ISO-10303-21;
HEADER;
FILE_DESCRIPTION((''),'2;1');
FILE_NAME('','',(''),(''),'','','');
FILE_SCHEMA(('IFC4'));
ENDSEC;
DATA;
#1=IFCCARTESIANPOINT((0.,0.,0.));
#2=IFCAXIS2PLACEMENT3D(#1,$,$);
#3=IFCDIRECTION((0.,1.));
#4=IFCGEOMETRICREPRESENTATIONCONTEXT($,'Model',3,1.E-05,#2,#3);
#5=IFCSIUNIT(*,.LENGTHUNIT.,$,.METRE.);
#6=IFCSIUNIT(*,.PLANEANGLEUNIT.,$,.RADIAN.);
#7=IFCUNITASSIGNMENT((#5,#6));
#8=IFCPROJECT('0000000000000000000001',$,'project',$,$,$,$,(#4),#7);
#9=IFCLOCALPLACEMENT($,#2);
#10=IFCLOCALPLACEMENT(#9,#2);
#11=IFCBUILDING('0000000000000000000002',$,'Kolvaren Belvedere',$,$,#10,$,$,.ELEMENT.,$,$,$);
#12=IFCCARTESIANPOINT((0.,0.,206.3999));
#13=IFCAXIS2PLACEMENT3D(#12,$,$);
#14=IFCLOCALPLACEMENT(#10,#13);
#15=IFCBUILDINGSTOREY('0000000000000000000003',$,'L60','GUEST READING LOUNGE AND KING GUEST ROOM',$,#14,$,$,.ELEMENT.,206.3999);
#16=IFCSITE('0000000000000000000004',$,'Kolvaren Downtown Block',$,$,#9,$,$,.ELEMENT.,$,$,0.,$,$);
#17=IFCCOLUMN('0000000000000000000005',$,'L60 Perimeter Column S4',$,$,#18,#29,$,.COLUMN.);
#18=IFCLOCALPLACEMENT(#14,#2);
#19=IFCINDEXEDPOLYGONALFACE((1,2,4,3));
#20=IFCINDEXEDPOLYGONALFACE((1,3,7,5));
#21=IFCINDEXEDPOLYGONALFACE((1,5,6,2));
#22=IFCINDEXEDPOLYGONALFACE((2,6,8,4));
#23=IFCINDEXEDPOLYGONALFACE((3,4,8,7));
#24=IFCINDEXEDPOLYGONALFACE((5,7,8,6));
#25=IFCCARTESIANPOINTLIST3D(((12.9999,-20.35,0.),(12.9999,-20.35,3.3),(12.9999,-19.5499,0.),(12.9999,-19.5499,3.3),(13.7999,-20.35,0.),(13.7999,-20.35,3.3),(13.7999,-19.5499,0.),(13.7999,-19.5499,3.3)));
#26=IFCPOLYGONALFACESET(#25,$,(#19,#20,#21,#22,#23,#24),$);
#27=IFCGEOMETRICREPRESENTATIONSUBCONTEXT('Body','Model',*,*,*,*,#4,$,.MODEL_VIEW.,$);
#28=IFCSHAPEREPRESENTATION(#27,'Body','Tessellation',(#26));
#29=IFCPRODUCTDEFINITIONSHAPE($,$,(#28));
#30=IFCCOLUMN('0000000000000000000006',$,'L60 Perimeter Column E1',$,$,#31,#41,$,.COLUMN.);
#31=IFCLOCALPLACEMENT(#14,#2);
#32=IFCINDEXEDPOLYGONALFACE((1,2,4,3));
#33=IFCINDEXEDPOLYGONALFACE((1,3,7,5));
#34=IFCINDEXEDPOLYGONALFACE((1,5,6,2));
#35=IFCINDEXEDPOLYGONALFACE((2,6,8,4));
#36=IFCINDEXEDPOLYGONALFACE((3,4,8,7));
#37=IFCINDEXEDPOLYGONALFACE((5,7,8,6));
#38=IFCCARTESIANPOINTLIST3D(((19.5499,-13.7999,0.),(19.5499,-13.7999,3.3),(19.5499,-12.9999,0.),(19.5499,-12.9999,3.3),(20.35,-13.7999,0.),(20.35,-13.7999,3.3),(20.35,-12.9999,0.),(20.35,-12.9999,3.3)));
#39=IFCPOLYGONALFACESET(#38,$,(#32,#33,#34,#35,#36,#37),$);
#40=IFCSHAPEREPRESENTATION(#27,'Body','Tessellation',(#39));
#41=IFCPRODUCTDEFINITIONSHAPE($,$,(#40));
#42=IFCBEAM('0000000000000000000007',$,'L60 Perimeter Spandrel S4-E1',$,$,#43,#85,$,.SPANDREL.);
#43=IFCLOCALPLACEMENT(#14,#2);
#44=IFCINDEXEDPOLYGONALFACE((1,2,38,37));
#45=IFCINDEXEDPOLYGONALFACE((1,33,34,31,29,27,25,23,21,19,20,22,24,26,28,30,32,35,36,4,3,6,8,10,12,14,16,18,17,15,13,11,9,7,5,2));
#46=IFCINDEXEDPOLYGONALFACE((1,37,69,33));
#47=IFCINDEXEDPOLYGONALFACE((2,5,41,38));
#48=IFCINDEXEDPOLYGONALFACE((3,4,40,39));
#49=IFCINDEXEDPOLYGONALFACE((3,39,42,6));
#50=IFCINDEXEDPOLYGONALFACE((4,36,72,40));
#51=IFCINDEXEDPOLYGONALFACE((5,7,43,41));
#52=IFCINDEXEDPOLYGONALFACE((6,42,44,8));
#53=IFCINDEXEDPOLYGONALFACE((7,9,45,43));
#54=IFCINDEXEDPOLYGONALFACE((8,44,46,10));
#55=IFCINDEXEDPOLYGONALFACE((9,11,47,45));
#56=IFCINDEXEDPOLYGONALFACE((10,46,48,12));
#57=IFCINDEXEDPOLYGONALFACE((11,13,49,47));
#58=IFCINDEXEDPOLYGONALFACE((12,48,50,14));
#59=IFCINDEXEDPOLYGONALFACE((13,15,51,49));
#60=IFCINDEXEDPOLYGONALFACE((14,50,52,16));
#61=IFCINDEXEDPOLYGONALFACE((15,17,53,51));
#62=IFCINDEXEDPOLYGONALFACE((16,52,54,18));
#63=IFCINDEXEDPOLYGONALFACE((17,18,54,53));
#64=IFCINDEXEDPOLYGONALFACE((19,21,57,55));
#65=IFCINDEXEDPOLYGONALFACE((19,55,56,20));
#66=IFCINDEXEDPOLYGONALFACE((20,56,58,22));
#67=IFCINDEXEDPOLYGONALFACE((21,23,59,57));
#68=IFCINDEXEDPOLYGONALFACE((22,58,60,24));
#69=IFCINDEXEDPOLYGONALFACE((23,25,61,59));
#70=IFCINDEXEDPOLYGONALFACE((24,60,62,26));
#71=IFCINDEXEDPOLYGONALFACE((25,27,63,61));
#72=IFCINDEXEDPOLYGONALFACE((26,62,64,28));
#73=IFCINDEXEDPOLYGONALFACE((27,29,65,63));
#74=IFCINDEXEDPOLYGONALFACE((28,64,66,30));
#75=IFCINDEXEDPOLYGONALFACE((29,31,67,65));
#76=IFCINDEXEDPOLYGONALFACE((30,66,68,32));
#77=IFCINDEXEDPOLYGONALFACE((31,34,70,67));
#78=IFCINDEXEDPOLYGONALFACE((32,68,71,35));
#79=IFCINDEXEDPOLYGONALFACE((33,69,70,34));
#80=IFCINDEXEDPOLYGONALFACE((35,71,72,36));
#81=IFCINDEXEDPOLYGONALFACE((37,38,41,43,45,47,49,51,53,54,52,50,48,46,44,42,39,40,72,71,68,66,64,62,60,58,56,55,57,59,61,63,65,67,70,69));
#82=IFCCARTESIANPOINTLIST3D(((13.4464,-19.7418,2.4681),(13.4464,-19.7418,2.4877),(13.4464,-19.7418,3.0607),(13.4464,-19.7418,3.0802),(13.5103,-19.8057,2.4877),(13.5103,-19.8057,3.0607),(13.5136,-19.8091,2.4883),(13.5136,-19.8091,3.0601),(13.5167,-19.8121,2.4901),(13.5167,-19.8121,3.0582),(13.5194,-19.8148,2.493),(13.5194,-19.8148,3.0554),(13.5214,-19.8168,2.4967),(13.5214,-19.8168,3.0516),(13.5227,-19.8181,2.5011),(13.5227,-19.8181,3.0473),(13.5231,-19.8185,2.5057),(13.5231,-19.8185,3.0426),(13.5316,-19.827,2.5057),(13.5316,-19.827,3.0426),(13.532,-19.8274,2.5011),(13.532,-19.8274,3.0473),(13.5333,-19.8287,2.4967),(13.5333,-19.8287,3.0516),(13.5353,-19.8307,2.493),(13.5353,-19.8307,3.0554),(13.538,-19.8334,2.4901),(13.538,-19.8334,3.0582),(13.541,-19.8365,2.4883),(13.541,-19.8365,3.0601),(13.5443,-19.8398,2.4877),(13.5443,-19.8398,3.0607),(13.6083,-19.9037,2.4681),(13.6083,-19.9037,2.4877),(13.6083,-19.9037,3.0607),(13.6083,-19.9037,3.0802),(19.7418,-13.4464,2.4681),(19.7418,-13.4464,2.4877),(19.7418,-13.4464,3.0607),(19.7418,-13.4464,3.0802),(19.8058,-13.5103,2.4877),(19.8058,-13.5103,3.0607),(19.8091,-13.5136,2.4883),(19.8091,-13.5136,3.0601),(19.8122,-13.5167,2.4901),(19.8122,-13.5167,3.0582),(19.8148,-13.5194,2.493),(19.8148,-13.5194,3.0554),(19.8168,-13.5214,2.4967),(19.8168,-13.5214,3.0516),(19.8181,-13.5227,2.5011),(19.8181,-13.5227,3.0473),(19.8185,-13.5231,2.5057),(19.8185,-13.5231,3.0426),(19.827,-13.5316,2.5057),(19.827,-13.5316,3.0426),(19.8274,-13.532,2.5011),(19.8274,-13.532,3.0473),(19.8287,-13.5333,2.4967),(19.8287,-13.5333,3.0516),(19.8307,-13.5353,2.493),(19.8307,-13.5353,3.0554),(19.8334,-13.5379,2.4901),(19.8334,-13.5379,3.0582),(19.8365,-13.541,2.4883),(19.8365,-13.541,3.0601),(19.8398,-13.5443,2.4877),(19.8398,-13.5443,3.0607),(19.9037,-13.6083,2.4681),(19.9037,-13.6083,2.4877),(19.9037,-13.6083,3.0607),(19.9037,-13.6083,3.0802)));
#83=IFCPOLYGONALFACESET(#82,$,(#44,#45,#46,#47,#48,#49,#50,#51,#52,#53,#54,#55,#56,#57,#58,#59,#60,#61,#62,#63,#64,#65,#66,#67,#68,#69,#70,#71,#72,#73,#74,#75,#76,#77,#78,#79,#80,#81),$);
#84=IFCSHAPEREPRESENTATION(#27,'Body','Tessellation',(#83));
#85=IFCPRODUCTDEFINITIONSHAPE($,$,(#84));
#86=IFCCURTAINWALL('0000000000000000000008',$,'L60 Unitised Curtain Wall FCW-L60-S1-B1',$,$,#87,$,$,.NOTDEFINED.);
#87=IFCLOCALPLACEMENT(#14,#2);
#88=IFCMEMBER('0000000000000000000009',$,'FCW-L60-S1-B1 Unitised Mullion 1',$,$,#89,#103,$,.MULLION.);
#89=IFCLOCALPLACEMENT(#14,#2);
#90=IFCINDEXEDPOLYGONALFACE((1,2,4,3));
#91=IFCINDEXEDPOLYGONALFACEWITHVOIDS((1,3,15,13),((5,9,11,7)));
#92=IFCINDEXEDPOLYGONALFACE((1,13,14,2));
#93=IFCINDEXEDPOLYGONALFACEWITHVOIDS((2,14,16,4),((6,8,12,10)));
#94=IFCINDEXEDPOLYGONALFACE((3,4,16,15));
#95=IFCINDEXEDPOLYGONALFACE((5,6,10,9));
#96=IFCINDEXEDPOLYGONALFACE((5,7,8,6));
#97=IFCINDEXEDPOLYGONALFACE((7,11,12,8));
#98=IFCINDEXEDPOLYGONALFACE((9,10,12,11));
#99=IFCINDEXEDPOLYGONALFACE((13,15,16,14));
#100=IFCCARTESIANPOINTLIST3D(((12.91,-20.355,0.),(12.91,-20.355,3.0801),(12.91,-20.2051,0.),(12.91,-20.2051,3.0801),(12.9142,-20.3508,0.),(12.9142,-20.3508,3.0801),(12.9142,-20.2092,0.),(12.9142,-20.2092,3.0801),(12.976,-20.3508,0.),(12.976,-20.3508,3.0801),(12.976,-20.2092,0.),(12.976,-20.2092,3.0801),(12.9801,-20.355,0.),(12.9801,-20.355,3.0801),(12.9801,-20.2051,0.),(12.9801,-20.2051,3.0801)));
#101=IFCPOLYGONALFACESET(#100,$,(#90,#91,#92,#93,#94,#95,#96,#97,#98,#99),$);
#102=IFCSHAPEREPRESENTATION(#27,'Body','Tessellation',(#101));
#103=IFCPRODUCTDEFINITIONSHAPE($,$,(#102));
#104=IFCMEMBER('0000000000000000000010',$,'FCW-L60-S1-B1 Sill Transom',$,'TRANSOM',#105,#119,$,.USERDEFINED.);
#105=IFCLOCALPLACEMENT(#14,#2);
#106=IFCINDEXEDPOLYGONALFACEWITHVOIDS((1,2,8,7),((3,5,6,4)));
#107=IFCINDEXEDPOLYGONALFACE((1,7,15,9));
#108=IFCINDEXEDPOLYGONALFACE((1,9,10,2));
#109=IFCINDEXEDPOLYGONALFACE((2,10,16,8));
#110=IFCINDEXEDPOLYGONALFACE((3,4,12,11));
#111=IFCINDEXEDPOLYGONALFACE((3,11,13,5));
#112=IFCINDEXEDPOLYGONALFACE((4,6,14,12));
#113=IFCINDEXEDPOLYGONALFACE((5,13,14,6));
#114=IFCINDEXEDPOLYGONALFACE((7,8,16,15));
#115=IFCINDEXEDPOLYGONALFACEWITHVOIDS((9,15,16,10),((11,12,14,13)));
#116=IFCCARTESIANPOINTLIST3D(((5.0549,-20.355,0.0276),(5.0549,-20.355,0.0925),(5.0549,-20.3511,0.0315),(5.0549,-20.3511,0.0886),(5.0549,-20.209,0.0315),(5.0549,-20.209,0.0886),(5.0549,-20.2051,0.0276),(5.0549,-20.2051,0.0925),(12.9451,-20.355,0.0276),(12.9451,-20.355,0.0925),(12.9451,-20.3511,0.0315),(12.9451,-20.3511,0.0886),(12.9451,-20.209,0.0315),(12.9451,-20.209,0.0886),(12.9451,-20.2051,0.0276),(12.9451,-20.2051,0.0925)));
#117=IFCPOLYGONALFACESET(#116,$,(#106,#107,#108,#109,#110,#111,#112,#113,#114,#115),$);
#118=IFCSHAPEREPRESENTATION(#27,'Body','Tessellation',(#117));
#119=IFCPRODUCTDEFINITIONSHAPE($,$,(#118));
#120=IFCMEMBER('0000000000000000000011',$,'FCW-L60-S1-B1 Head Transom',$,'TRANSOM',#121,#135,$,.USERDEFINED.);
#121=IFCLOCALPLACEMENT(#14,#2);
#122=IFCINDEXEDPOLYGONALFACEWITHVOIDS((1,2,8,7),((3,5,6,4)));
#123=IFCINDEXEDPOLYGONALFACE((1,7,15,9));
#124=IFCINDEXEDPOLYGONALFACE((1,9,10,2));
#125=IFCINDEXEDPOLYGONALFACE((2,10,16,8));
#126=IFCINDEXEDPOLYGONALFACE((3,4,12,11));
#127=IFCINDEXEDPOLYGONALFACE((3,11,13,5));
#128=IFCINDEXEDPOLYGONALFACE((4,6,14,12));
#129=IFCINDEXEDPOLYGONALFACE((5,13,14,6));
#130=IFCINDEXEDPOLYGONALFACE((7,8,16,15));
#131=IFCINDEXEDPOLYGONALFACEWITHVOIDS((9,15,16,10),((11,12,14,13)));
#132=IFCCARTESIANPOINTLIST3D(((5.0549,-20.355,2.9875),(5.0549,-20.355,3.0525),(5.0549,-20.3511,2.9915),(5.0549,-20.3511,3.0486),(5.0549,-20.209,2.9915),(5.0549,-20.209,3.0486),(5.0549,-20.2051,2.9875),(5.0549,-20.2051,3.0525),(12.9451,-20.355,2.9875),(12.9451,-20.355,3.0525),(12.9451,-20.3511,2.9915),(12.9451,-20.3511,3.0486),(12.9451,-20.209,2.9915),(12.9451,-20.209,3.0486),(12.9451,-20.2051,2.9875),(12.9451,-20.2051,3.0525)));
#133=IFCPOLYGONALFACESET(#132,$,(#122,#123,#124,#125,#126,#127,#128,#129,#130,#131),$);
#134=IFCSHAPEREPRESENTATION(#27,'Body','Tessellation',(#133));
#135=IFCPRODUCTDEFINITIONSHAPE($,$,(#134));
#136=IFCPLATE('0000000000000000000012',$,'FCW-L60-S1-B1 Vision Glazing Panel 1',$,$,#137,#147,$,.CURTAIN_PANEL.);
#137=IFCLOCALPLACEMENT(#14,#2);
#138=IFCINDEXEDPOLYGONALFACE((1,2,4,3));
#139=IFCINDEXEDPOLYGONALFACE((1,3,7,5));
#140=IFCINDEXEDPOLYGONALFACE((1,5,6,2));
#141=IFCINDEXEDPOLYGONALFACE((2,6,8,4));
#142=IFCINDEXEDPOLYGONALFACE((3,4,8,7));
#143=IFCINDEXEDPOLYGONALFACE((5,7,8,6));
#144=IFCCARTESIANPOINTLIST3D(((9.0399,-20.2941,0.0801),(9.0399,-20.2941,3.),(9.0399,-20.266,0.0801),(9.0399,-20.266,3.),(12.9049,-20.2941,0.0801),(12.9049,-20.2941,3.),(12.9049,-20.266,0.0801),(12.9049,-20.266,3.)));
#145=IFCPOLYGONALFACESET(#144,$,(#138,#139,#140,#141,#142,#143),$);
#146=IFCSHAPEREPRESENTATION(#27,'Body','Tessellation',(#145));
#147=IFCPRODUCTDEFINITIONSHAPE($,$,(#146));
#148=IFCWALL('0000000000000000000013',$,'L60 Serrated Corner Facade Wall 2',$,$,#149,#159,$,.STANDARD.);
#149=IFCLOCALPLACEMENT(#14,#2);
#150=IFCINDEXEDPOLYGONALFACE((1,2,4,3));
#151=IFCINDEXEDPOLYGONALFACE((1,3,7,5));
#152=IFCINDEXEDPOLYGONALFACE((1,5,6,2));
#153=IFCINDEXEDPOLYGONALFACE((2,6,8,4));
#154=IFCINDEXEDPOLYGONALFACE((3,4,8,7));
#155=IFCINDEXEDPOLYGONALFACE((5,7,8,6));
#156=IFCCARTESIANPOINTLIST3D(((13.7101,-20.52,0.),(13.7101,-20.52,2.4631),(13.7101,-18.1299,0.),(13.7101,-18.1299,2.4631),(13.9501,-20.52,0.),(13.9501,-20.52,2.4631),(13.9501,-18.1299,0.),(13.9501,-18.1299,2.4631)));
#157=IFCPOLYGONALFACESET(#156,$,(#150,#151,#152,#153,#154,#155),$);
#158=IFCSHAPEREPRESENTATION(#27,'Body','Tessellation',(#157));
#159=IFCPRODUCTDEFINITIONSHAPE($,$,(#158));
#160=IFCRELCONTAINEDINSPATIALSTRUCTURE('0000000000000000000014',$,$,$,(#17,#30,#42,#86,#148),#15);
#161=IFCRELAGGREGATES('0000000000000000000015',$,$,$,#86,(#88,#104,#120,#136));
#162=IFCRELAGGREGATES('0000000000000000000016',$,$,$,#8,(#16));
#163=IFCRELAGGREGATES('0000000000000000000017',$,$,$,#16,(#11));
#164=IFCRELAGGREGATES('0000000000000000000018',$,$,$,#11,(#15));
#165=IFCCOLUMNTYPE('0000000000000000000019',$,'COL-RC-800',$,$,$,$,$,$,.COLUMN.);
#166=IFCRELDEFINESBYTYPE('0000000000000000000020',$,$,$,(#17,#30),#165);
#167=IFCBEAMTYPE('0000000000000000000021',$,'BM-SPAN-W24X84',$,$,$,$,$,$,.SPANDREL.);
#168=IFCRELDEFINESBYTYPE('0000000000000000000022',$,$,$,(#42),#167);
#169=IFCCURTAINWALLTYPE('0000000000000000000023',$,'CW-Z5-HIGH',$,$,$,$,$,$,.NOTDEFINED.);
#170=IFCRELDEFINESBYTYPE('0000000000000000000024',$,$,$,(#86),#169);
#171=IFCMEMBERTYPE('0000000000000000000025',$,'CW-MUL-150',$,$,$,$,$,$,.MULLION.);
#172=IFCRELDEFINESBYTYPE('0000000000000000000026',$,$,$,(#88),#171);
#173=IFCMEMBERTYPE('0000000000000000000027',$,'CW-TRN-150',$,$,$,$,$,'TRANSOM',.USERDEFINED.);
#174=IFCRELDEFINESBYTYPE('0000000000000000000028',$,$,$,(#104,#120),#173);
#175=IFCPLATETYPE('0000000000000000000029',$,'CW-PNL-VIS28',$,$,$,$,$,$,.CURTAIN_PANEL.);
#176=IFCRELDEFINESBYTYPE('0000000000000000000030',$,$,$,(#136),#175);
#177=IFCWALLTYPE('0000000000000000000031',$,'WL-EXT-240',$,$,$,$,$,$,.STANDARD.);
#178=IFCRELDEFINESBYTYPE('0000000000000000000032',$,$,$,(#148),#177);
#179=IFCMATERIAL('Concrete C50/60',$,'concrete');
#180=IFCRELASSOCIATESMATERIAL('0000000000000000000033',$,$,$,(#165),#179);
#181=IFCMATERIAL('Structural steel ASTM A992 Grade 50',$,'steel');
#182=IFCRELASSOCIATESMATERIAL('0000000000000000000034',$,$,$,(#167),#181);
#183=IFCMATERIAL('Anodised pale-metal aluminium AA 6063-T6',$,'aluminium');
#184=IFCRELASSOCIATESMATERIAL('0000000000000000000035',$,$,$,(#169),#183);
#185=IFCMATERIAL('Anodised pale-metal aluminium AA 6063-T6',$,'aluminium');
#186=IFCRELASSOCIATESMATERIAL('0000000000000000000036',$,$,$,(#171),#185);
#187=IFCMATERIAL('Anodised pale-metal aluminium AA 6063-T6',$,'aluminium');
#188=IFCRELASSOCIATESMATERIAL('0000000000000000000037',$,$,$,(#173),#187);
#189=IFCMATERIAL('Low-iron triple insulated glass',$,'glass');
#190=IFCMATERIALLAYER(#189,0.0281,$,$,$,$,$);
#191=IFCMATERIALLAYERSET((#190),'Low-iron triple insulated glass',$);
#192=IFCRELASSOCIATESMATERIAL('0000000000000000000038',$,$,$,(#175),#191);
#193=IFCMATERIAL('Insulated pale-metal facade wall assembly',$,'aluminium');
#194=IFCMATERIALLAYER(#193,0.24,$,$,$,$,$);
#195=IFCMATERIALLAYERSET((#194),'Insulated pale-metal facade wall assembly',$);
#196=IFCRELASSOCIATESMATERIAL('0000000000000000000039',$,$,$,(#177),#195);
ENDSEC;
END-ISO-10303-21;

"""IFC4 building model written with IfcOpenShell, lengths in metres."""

from ifc_helpers import new_model, si_unit, direction, frame, frame_2d, origin, origin_2d, place, context, subcontext, project, spatial, rectangle, hollow_rectangle, i_section, extrude, material, layer, layer_set, material_profile, profile_set, type_object, element, aggregate, save


model = new_model("IFC4")

# Units and contexts
model_context = context("Model", 3, precision=1e-05, world=origin(), true_north=direction((0.0, 1.0)))
body_context = subcontext(model_context, "Body", "Model", "MODEL_VIEW")
ifc_project = project(units=[si_unit("LENGTHUNIT", "METRE"), si_unit("PLANEANGLEUNIT", "RADIAN")], contexts=[model_context])

# Site, building, storey
site_placement = place(None, origin())
site = spatial("IfcSite", under=ifc_project, at=site_placement, Name="Kolvaren Downtown Block", CompositionType="ELEMENT", RefElevation=0.0)
building_placement = place(site_placement, origin())
building = spatial("IfcBuilding", under=site, at=building_placement, Name="Kolvaren Belvedere", CompositionType="ELEMENT")
storey_placement = place(building_placement, frame((0.0, 0.0, 206.3999)))
storey = spatial("IfcBuildingStorey", under=building, at=storey_placement, Name="L60", Description="GUEST READING LOUNGE AND KING GUEST ROOM", CompositionType="ELEMENT", Elevation=206.3999)

# Columns
ifc_material_1 = material(Name="Concrete C50/60", Category="concrete")
ifc_material_profile_1 = material_profile(ifc_material_1, rectangle(XDim=0.8, YDim=0.8, at=origin_2d()), Name="RC 800X800")
ifc_profile_set_1 = profile_set([ifc_material_profile_1], Name="Concrete C50/60")
column_type = type_object("IfcColumnType", Name="COL-RC-800", PredefinedType="COLUMN", material=ifc_profile_set_1)
for number, where, z_axis, x_axis, name in (
    (1, (13.3999, -19.95, 0.0), (0.0, 0.0, 1.0), (1.0, 0.0, 0.0), "L60 Perimeter Column S4"),
    (2, (19.95, -13.3999, 0.0), (0.0, 0.0, 1.0), (1.0, 0.0, 0.0), "L60 Perimeter Column E1"),
):
    element("IfcColumn", number, at=place(storey_placement, frame(where, z_axis=z_axis, x_axis=x_axis)), inside=storey, type_object=column_type, Name=name, PredefinedType="COLUMN", context=body_context, shape_type="SweptSolid", body=[
        extrude(rectangle(XDim=0.8, YDim=0.8, at=origin_2d()), origin(), (0.0, 0.0, 1.0), 3.3),
    ])

# Beam
ifc_material_2 = material(Name="Structural steel ASTM A992 Grade 50", Category="steel")
ifc_material_profile_2 = material_profile(ifc_material_2, i_section(OverallWidth=0.229, OverallDepth=0.6121, WebThickness=0.012, FlangeThickness=0.0195, FilletRadius=0.0181, at=origin_2d()), Name="W24X84")
ifc_profile_set_2 = profile_set([ifc_material_profile_2], Name="Structural steel ASTM A992 Grade 50")
beam_type = type_object("IfcBeamType", Name="BM-SPAN-W24X84", PredefinedType="SPANDREL", material=ifc_profile_set_2)
beam_placement = place(storey_placement, frame((13.5273, -19.8228, 2.7742), z_axis=(0.707107, 0.707107, 0.0), x_axis=(-0.707107, 0.707107, 0.0)))
element("IfcBeam", 3, at=beam_placement, inside=storey, type_object=beam_type, Name="L60 Perimeter Spandrel S4-E1", PredefinedType="SPANDREL", context=body_context, shape_type="SweptSolid", body=[
    extrude(i_section(OverallWidth=0.229, OverallDepth=0.6121, WebThickness=0.012, FlangeThickness=0.0195, FilletRadius=0.0181, at=origin_2d()), origin(), (0.0, 0.0, 1.0), 8.9031),
])

# Curtain wall, members, plate
ifc_material_3 = material(Name="Anodised pale-metal aluminium AA 6063-T6", Category="aluminium")
curtain_wall_type = type_object("IfcCurtainWallType", Name="CW-Z5-HIGH", PredefinedType="NOTDEFINED", material=ifc_material_3)
curtain_wall_placement = place(storey_placement, origin())
curtain_wall = element("IfcCurtainWall", 4, at=curtain_wall_placement, inside=storey, type_object=curtain_wall_type, Name="L60 Unitised Curtain Wall FCW-L60-S1-B1", PredefinedType="NOTDEFINED")
ifc_material_4 = material(Name="Anodised pale-metal aluminium AA 6063-T6", Category="aluminium")
ifc_material_profile_3 = material_profile(ifc_material_4, hollow_rectangle(XDim=0.0701, YDim=0.1499, WallThickness=0.0042, at=origin_2d()), Name="ALU-MUL-150X70")
ifc_profile_set_3 = profile_set([ifc_material_profile_3], Name="Anodised pale-metal aluminium AA 6063-T6")
member_type_1 = type_object("IfcMemberType", Name="CW-MUL-150", PredefinedType="MULLION", material=ifc_profile_set_3)
member_1_placement = place(storey_placement, frame((12.9451, -20.28, 0.0), z_axis=(0.0, 0.0, 1.0), x_axis=(1.0, 0.0, 0.0)))
member_1 = element("IfcMember", 5, at=member_1_placement, type_object=member_type_1, Name="FCW-L60-S1-B1 Unitised Mullion 1", PredefinedType="MULLION", context=body_context, shape_type="SweptSolid", body=[
    extrude(hollow_rectangle(XDim=0.0701, YDim=0.1499, WallThickness=0.0042, at=origin_2d()), origin(), (0.0, 0.0, 1.0), 3.0801),
])
ifc_material_5 = material(Name="Anodised pale-metal aluminium AA 6063-T6", Category="aluminium")
ifc_material_profile_4 = material_profile(ifc_material_5, hollow_rectangle(XDim=0.0649, YDim=0.1499, WallThickness=0.0039, at=origin_2d()), Name="ALU-TRN-150X65")
ifc_profile_set_4 = profile_set([ifc_material_profile_4], Name="Anodised pale-metal aluminium AA 6063-T6")
member_type_2 = type_object("IfcMemberType", Name="CW-TRN-150", ElementType="TRANSOM", PredefinedType="USERDEFINED", material=ifc_profile_set_4)
member_2_placement = place(storey_placement, frame((12.9451, -20.28, 0.0601), z_axis=(-1.0, 0.0, 0.0), x_axis=(0.0, 0.0, 1.0)))
member_2 = element("IfcMember", 6, at=member_2_placement, type_object=member_type_2, Name="FCW-L60-S1-B1 Sill Transom", ObjectType="TRANSOM", PredefinedType="USERDEFINED", context=body_context, shape_type="SweptSolid", body=[
    extrude(hollow_rectangle(XDim=0.0649, YDim=0.1499, WallThickness=0.0039, at=origin_2d()), origin(), (0.0, 0.0, 1.0), 7.8901),
])
member_3_placement = place(storey_placement, frame((12.9451, -20.28, 3.02), z_axis=(-1.0, 0.0, 0.0), x_axis=(0.0, 0.0, 1.0)))
member_3 = element("IfcMember", 7, at=member_3_placement, type_object=member_type_2, Name="FCW-L60-S1-B1 Head Transom", ObjectType="TRANSOM", PredefinedType="USERDEFINED", context=body_context, shape_type="SweptSolid", body=[
    extrude(hollow_rectangle(XDim=0.0649, YDim=0.1499, WallThickness=0.0039, at=origin_2d()), origin(), (0.0, 0.0, 1.0), 7.8901),
])
ifc_material_6 = material(Name="Low-iron triple insulated glass", Category="glass")
ifc_layer_1 = layer(ifc_material_6, 0.0281)
ifc_layer_set_1 = layer_set([ifc_layer_1], Name="Low-iron triple insulated glass")
plate_type = type_object("IfcPlateType", Name="CW-PNL-VIS28", PredefinedType="CURTAIN_PANEL", material=ifc_layer_set_1)
plate_placement = place(storey_placement, frame((10.9724, -20.28, 0.0801), z_axis=(0.0, 0.0, 1.0), x_axis=(-1.0, 0.0, 0.0)))
plate = element("IfcPlate", 8, at=plate_placement, type_object=plate_type, Name="FCW-L60-S1-B1 Vision Glazing Panel 1", PredefinedType="CURTAIN_PANEL", context=body_context, shape_type="SweptSolid", body=[
    extrude(rectangle(XDim=3.865, YDim=0.0281, at=origin_2d()), origin(), (0.0, 0.0, 1.0), 2.9199),
])
aggregate(curtain_wall, [member_1, member_2, member_3, plate])

# Wall
ifc_material_7 = material(Name="Insulated pale-metal facade wall assembly", Category="aluminium")
ifc_layer_2 = layer(ifc_material_7, 0.24)
ifc_layer_set_2 = layer_set([ifc_layer_2], Name="Insulated pale-metal facade wall assembly")
wall_type = type_object("IfcWallType", Name="WL-EXT-240", PredefinedType="STANDARD", material=ifc_layer_set_2)
wall_1_placement = place(storey_placement, frame((13.8301, -18.1299, 0.0), z_axis=(0.0, 0.0, 1.0), x_axis=(0.0, -1.0, 0.0)))
element("IfcWall", 9, at=wall_1_placement, inside=storey, type_object=wall_type, Name="L60 Serrated Corner Facade Wall 2", PredefinedType="STANDARD", context=body_context, shape_type="SweptSolid", body=[
    extrude(rectangle(XDim=2.3901, YDim=0.24, at=frame_2d((1.1951, 0.0))), origin(), (0.0, 0.0, 1.0), 2.4631),
])

save(model, "model.ifc")
